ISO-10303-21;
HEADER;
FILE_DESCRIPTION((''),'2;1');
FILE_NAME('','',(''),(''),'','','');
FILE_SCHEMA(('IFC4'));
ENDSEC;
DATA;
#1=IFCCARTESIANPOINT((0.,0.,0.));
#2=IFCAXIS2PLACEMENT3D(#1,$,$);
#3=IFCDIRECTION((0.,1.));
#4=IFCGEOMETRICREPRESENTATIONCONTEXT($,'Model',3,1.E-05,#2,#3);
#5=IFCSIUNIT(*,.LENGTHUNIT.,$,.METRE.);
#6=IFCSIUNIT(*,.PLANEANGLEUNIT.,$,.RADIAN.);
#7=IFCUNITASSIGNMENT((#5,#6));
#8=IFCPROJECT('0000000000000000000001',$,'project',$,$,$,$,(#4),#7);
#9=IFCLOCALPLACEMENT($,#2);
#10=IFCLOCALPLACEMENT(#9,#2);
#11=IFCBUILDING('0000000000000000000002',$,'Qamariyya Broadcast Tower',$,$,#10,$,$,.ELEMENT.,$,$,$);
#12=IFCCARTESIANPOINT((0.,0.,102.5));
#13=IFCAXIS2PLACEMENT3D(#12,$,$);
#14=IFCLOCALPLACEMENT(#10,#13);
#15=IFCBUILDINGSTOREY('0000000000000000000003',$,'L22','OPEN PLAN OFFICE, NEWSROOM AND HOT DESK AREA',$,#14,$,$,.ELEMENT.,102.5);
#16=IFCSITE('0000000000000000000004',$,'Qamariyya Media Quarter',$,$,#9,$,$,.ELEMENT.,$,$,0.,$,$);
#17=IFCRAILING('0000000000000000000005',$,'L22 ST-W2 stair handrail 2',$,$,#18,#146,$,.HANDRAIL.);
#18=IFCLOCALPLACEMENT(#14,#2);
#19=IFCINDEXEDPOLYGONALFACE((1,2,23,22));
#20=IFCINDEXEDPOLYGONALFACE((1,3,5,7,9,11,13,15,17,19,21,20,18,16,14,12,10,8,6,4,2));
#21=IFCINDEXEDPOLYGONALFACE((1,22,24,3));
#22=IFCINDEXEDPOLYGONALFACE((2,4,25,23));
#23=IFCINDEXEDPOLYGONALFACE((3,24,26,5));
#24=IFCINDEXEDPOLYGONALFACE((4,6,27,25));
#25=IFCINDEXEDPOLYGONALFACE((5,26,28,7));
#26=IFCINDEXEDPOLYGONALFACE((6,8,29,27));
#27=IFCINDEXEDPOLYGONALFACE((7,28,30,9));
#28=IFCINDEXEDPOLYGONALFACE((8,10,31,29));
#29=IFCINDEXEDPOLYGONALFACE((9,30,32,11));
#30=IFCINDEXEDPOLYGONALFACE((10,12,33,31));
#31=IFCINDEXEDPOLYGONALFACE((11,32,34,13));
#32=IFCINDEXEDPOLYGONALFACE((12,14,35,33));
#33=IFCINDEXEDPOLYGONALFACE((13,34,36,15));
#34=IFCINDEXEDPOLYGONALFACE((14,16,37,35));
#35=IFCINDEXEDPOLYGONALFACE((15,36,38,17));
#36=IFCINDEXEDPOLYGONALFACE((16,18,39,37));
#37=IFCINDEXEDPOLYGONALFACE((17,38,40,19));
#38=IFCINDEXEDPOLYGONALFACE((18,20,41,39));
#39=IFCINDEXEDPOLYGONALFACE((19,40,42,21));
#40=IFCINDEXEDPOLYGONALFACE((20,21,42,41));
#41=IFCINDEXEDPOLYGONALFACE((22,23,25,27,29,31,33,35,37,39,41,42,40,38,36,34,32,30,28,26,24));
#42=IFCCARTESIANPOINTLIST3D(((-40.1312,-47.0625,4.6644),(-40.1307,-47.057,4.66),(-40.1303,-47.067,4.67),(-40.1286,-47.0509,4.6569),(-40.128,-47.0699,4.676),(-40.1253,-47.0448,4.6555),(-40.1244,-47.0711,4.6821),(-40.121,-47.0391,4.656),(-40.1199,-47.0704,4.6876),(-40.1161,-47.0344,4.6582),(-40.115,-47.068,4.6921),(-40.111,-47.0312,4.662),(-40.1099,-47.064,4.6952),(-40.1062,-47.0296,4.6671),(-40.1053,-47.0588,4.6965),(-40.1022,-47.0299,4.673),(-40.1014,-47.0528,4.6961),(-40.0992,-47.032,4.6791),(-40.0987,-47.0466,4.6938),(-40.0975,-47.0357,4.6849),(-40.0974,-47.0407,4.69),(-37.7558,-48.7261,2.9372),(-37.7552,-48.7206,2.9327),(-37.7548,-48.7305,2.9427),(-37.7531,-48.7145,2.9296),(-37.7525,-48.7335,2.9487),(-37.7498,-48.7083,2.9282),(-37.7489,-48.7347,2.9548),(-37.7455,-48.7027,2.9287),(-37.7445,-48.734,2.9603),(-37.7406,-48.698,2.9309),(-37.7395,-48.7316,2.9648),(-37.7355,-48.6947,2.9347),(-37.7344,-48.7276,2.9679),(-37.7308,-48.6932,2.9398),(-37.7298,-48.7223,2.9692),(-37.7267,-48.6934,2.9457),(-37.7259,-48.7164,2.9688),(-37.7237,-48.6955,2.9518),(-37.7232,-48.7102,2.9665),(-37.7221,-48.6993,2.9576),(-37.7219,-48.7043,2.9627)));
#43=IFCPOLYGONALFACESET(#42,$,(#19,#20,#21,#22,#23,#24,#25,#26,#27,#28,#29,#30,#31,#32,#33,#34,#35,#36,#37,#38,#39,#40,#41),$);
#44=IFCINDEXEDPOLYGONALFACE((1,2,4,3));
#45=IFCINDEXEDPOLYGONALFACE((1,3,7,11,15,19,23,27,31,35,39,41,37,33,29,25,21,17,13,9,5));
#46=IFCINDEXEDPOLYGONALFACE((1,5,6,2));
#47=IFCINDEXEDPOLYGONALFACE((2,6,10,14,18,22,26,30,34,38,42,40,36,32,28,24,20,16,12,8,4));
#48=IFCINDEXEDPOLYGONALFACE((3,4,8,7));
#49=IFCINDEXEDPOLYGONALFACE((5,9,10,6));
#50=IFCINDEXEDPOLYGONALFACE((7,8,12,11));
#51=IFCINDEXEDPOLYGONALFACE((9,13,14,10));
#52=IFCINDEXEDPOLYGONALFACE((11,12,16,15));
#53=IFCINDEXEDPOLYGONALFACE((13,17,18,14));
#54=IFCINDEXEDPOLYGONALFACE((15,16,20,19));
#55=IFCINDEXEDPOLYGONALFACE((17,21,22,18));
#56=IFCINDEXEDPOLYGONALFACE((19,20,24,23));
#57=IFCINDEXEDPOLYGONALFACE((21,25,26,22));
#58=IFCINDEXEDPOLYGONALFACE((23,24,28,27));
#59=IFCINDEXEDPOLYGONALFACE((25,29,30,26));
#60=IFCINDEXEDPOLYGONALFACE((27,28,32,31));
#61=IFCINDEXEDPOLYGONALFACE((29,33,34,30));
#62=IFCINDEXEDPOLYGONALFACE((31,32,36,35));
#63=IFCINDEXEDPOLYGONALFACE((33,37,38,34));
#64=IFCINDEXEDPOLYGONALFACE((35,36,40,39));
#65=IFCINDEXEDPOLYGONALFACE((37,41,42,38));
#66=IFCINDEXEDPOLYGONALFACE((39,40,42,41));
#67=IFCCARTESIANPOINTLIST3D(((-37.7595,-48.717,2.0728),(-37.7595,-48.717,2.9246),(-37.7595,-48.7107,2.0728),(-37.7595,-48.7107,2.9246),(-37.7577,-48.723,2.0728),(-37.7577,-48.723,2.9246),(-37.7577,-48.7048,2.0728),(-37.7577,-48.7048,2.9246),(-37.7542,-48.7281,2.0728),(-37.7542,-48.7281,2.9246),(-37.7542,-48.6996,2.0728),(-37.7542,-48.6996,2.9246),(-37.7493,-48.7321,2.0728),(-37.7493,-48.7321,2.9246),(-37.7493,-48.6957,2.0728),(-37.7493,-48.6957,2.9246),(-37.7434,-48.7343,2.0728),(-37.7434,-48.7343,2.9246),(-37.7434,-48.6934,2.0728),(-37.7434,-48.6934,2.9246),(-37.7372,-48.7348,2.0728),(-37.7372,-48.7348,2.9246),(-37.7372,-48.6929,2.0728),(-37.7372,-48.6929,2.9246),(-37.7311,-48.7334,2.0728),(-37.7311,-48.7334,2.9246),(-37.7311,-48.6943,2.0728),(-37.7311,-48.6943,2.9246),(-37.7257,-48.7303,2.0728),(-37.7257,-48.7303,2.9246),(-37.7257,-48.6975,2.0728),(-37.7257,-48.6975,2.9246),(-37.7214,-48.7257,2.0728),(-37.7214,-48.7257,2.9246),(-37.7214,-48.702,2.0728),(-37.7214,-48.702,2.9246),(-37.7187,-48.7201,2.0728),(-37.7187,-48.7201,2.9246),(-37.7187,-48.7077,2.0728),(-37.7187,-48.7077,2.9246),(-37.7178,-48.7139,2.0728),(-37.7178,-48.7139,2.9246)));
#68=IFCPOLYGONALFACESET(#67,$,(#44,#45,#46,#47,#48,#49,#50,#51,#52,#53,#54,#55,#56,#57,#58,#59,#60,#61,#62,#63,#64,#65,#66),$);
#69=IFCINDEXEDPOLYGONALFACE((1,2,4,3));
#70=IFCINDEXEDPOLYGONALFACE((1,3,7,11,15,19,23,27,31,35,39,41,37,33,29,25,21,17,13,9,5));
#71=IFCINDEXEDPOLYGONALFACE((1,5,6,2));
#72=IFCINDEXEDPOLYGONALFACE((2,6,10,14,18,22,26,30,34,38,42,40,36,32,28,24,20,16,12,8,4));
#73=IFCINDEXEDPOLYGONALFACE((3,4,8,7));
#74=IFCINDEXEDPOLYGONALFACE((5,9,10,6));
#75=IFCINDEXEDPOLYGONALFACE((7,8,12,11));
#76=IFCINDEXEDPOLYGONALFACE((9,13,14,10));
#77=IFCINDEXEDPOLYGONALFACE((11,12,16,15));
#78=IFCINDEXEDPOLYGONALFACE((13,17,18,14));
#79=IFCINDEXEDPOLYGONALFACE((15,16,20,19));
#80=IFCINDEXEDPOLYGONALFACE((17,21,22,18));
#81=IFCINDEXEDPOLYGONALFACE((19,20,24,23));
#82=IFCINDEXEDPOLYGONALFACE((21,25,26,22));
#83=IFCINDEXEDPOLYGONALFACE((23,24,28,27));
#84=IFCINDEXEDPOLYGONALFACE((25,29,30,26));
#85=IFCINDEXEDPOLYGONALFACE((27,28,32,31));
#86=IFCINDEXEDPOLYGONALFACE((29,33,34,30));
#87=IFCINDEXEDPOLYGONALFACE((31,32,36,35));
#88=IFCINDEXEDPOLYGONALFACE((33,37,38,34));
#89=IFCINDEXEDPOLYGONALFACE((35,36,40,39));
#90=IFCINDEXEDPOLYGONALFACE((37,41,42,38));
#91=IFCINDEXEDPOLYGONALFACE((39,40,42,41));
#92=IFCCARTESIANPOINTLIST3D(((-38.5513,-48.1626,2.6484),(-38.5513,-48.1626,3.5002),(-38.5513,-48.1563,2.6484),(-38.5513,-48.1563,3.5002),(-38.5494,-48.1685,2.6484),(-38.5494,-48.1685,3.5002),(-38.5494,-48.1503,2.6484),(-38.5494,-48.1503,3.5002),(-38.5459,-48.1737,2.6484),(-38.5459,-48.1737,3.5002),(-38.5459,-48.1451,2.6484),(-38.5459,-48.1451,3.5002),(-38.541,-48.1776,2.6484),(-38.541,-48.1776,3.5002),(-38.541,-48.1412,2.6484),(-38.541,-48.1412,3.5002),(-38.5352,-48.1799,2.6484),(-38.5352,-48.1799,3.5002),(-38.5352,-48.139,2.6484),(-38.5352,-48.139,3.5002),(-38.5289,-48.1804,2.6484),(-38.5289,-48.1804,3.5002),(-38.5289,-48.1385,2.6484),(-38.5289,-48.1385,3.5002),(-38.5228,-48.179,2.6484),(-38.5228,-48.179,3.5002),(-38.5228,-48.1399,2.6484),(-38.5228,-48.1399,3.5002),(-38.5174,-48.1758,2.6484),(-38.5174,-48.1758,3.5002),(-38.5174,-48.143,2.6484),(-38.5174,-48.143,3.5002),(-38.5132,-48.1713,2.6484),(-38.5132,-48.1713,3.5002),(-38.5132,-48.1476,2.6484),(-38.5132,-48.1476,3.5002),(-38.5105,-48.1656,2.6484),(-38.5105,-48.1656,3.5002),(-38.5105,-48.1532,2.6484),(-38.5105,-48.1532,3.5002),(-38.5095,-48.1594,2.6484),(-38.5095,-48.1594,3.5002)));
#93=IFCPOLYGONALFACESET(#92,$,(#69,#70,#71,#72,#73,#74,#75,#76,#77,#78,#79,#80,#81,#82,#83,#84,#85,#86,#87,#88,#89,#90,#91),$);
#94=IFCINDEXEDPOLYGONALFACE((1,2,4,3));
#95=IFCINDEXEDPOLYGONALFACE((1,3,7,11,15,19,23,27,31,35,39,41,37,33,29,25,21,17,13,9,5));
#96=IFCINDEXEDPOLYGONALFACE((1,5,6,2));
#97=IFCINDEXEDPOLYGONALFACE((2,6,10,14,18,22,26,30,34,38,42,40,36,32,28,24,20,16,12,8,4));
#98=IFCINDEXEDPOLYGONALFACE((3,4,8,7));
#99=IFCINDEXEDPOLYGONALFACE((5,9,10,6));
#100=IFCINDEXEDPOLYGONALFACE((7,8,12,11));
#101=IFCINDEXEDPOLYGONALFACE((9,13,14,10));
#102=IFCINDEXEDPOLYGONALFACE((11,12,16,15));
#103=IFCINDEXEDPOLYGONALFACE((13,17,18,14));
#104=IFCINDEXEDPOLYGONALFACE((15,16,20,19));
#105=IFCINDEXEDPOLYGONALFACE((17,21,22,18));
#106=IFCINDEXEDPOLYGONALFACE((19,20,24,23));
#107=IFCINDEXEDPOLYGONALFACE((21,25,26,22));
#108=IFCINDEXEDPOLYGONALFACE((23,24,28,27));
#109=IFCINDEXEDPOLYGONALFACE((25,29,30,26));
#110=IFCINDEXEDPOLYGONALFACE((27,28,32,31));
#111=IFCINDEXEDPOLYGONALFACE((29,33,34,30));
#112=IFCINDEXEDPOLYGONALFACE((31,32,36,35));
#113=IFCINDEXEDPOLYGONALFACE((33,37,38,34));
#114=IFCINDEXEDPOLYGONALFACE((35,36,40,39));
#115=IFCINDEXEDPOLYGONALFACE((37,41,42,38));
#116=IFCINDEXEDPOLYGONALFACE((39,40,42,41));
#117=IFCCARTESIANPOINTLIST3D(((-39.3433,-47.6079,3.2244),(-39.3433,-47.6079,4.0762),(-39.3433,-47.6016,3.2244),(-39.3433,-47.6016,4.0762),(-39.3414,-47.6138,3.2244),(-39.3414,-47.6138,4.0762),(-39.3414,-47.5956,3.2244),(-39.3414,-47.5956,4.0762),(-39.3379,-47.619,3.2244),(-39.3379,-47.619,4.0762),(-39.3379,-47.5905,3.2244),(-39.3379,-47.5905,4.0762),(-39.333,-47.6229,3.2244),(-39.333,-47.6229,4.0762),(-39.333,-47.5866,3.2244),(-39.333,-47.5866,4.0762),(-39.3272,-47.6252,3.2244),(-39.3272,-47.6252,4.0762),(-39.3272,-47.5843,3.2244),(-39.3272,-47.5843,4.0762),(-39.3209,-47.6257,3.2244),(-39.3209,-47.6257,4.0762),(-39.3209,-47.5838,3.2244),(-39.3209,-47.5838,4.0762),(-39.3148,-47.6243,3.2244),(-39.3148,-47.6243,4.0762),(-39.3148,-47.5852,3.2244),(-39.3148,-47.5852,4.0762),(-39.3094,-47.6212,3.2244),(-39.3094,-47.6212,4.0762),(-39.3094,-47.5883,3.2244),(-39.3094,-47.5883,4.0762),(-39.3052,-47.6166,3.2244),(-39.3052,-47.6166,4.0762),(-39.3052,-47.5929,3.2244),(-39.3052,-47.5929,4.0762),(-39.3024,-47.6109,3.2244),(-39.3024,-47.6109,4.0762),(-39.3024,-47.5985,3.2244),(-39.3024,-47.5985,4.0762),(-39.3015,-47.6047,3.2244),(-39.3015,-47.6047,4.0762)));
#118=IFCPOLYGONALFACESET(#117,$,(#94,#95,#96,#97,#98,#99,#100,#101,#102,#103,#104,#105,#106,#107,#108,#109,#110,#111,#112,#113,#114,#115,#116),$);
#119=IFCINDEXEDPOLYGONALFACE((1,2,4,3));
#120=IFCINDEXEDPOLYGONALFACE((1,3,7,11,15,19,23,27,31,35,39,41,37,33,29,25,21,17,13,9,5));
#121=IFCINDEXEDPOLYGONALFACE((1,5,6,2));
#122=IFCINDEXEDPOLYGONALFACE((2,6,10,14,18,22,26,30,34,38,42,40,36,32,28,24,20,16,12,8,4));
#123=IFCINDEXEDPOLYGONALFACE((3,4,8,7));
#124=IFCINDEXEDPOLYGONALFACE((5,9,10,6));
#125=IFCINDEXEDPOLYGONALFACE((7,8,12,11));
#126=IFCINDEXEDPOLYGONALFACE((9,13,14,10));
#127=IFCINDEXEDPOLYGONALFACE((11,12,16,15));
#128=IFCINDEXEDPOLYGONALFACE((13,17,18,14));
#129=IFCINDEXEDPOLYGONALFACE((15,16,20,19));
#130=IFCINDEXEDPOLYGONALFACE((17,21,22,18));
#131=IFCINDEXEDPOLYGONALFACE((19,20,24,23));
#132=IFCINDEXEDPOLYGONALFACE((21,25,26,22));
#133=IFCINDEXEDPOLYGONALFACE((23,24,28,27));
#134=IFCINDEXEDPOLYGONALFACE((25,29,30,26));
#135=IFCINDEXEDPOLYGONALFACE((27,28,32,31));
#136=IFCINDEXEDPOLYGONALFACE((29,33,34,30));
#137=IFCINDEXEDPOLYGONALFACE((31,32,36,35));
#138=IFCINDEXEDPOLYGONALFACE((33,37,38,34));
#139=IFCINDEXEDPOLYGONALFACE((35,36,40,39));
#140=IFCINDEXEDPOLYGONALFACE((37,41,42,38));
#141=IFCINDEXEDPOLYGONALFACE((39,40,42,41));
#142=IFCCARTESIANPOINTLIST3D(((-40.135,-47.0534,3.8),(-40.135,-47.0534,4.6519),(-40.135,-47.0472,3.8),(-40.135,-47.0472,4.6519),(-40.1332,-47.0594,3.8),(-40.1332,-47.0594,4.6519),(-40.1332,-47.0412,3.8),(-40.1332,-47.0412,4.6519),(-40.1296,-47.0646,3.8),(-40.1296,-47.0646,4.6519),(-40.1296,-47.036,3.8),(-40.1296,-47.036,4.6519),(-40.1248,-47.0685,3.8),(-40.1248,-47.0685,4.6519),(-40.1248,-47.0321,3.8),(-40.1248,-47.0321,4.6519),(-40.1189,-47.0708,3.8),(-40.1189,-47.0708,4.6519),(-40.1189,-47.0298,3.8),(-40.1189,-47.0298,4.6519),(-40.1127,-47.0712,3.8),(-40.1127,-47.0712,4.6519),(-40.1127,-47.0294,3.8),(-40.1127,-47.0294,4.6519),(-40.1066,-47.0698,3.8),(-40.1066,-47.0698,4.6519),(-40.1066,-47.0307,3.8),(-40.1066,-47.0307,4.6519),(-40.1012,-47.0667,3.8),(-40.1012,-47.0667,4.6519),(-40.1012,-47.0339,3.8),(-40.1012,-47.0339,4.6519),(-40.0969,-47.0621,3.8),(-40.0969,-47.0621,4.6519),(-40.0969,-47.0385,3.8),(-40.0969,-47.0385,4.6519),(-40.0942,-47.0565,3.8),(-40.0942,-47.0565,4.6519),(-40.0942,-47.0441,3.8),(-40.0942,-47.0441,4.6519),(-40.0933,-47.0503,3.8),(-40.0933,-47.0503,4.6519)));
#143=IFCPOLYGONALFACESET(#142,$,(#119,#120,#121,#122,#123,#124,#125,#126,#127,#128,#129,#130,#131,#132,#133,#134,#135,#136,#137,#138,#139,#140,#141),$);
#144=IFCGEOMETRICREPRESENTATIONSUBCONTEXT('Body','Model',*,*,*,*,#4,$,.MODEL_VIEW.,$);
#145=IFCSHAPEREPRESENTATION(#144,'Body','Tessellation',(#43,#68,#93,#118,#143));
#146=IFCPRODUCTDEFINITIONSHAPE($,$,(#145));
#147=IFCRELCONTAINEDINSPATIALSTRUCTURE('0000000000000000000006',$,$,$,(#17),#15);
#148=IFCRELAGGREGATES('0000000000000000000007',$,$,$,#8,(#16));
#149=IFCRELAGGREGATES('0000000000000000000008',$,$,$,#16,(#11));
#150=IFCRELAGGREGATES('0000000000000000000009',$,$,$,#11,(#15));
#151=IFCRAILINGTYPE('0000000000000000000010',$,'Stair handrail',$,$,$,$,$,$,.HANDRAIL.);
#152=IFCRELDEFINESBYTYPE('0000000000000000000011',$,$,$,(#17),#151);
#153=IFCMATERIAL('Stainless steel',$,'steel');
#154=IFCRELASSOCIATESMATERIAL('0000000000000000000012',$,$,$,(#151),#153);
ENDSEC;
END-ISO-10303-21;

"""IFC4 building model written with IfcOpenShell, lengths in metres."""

from ifc_helpers import new_model, si_unit, direction, frame, origin, origin_2d, place, context, subcontext, project, spatial, circle, extrude, material, type_object, element, save


model = new_model("IFC4")

# Units and contexts
model_context = context("Model", 3, precision=1e-05, world=origin(), true_north=direction((0.0, 1.0)))
body_context = subcontext(model_context, "Body", "Model", "MODEL_VIEW")
ifc_project = project(units=[si_unit("LENGTHUNIT", "METRE"), si_unit("PLANEANGLEUNIT", "RADIAN")], contexts=[model_context])

# Site, building, storey
site_placement = place(None, origin())
site = spatial("IfcSite", under=ifc_project, at=site_placement, Name="Qamariyya Media Quarter", CompositionType="ELEMENT", RefElevation=0.0)
building_placement = place(site_placement, origin())
building = spatial("IfcBuilding", under=site, at=building_placement, Name="Qamariyya Broadcast Tower", CompositionType="ELEMENT")
storey_placement = place(building_placement, frame((0.0, 0.0, 102.5)))
storey = spatial("IfcBuildingStorey", under=building, at=storey_placement, Name="L22", Description="OPEN PLAN OFFICE, NEWSROOM AND HOT DESK AREA", CompositionType="ELEMENT", Elevation=102.5)

# Railing
ifc_material_1 = material(Name="Stainless steel", Category="steel")
railing_type_1 = type_object("IfcRailingType", Name="Stair handrail", PredefinedType="HANDRAIL", material=ifc_material_1)
railing_1_placement = place(storey_placement, frame((-37.7388, -48.7139, 2.0728)))
element("IfcRailing", 1, at=railing_1_placement, inside=storey, type_object=railing_type_1, Name="L22 ST-W2 stair handrail 2", PredefinedType="HANDRAIL", context=body_context, shape_type="SweptSolid", body=[
    extrude(circle(Radius=0.0239, at=origin_2d()), frame((0.0, 0.0, 0.876), z_axis=(-0.703745, 0.492838, 0.511716), x_axis=(-0.573632, -0.819113, 0.0)), (0.0, 0.0, 1.0), 3.3755),
    extrude(circle(Radius=0.021, at=origin_2d()), origin(), (0.0, 0.0, 1.0), 0.8518),
    extrude(circle(Radius=0.021, at=origin_2d()), frame((-0.7917, 0.5544, 0.5757)), (0.0, 0.0, 1.0), 0.8518),
    extrude(circle(Radius=0.021, at=origin_2d()), frame((-1.5837, 1.1091, 1.1516)), (0.0, 0.0, 1.0), 0.8518),
    extrude(circle(Radius=0.021, at=origin_2d()), frame((-2.3755, 1.6636, 1.7273)), (0.0, 0.0, 1.0), 0.8518),
])

save(model, "model.ifc")
